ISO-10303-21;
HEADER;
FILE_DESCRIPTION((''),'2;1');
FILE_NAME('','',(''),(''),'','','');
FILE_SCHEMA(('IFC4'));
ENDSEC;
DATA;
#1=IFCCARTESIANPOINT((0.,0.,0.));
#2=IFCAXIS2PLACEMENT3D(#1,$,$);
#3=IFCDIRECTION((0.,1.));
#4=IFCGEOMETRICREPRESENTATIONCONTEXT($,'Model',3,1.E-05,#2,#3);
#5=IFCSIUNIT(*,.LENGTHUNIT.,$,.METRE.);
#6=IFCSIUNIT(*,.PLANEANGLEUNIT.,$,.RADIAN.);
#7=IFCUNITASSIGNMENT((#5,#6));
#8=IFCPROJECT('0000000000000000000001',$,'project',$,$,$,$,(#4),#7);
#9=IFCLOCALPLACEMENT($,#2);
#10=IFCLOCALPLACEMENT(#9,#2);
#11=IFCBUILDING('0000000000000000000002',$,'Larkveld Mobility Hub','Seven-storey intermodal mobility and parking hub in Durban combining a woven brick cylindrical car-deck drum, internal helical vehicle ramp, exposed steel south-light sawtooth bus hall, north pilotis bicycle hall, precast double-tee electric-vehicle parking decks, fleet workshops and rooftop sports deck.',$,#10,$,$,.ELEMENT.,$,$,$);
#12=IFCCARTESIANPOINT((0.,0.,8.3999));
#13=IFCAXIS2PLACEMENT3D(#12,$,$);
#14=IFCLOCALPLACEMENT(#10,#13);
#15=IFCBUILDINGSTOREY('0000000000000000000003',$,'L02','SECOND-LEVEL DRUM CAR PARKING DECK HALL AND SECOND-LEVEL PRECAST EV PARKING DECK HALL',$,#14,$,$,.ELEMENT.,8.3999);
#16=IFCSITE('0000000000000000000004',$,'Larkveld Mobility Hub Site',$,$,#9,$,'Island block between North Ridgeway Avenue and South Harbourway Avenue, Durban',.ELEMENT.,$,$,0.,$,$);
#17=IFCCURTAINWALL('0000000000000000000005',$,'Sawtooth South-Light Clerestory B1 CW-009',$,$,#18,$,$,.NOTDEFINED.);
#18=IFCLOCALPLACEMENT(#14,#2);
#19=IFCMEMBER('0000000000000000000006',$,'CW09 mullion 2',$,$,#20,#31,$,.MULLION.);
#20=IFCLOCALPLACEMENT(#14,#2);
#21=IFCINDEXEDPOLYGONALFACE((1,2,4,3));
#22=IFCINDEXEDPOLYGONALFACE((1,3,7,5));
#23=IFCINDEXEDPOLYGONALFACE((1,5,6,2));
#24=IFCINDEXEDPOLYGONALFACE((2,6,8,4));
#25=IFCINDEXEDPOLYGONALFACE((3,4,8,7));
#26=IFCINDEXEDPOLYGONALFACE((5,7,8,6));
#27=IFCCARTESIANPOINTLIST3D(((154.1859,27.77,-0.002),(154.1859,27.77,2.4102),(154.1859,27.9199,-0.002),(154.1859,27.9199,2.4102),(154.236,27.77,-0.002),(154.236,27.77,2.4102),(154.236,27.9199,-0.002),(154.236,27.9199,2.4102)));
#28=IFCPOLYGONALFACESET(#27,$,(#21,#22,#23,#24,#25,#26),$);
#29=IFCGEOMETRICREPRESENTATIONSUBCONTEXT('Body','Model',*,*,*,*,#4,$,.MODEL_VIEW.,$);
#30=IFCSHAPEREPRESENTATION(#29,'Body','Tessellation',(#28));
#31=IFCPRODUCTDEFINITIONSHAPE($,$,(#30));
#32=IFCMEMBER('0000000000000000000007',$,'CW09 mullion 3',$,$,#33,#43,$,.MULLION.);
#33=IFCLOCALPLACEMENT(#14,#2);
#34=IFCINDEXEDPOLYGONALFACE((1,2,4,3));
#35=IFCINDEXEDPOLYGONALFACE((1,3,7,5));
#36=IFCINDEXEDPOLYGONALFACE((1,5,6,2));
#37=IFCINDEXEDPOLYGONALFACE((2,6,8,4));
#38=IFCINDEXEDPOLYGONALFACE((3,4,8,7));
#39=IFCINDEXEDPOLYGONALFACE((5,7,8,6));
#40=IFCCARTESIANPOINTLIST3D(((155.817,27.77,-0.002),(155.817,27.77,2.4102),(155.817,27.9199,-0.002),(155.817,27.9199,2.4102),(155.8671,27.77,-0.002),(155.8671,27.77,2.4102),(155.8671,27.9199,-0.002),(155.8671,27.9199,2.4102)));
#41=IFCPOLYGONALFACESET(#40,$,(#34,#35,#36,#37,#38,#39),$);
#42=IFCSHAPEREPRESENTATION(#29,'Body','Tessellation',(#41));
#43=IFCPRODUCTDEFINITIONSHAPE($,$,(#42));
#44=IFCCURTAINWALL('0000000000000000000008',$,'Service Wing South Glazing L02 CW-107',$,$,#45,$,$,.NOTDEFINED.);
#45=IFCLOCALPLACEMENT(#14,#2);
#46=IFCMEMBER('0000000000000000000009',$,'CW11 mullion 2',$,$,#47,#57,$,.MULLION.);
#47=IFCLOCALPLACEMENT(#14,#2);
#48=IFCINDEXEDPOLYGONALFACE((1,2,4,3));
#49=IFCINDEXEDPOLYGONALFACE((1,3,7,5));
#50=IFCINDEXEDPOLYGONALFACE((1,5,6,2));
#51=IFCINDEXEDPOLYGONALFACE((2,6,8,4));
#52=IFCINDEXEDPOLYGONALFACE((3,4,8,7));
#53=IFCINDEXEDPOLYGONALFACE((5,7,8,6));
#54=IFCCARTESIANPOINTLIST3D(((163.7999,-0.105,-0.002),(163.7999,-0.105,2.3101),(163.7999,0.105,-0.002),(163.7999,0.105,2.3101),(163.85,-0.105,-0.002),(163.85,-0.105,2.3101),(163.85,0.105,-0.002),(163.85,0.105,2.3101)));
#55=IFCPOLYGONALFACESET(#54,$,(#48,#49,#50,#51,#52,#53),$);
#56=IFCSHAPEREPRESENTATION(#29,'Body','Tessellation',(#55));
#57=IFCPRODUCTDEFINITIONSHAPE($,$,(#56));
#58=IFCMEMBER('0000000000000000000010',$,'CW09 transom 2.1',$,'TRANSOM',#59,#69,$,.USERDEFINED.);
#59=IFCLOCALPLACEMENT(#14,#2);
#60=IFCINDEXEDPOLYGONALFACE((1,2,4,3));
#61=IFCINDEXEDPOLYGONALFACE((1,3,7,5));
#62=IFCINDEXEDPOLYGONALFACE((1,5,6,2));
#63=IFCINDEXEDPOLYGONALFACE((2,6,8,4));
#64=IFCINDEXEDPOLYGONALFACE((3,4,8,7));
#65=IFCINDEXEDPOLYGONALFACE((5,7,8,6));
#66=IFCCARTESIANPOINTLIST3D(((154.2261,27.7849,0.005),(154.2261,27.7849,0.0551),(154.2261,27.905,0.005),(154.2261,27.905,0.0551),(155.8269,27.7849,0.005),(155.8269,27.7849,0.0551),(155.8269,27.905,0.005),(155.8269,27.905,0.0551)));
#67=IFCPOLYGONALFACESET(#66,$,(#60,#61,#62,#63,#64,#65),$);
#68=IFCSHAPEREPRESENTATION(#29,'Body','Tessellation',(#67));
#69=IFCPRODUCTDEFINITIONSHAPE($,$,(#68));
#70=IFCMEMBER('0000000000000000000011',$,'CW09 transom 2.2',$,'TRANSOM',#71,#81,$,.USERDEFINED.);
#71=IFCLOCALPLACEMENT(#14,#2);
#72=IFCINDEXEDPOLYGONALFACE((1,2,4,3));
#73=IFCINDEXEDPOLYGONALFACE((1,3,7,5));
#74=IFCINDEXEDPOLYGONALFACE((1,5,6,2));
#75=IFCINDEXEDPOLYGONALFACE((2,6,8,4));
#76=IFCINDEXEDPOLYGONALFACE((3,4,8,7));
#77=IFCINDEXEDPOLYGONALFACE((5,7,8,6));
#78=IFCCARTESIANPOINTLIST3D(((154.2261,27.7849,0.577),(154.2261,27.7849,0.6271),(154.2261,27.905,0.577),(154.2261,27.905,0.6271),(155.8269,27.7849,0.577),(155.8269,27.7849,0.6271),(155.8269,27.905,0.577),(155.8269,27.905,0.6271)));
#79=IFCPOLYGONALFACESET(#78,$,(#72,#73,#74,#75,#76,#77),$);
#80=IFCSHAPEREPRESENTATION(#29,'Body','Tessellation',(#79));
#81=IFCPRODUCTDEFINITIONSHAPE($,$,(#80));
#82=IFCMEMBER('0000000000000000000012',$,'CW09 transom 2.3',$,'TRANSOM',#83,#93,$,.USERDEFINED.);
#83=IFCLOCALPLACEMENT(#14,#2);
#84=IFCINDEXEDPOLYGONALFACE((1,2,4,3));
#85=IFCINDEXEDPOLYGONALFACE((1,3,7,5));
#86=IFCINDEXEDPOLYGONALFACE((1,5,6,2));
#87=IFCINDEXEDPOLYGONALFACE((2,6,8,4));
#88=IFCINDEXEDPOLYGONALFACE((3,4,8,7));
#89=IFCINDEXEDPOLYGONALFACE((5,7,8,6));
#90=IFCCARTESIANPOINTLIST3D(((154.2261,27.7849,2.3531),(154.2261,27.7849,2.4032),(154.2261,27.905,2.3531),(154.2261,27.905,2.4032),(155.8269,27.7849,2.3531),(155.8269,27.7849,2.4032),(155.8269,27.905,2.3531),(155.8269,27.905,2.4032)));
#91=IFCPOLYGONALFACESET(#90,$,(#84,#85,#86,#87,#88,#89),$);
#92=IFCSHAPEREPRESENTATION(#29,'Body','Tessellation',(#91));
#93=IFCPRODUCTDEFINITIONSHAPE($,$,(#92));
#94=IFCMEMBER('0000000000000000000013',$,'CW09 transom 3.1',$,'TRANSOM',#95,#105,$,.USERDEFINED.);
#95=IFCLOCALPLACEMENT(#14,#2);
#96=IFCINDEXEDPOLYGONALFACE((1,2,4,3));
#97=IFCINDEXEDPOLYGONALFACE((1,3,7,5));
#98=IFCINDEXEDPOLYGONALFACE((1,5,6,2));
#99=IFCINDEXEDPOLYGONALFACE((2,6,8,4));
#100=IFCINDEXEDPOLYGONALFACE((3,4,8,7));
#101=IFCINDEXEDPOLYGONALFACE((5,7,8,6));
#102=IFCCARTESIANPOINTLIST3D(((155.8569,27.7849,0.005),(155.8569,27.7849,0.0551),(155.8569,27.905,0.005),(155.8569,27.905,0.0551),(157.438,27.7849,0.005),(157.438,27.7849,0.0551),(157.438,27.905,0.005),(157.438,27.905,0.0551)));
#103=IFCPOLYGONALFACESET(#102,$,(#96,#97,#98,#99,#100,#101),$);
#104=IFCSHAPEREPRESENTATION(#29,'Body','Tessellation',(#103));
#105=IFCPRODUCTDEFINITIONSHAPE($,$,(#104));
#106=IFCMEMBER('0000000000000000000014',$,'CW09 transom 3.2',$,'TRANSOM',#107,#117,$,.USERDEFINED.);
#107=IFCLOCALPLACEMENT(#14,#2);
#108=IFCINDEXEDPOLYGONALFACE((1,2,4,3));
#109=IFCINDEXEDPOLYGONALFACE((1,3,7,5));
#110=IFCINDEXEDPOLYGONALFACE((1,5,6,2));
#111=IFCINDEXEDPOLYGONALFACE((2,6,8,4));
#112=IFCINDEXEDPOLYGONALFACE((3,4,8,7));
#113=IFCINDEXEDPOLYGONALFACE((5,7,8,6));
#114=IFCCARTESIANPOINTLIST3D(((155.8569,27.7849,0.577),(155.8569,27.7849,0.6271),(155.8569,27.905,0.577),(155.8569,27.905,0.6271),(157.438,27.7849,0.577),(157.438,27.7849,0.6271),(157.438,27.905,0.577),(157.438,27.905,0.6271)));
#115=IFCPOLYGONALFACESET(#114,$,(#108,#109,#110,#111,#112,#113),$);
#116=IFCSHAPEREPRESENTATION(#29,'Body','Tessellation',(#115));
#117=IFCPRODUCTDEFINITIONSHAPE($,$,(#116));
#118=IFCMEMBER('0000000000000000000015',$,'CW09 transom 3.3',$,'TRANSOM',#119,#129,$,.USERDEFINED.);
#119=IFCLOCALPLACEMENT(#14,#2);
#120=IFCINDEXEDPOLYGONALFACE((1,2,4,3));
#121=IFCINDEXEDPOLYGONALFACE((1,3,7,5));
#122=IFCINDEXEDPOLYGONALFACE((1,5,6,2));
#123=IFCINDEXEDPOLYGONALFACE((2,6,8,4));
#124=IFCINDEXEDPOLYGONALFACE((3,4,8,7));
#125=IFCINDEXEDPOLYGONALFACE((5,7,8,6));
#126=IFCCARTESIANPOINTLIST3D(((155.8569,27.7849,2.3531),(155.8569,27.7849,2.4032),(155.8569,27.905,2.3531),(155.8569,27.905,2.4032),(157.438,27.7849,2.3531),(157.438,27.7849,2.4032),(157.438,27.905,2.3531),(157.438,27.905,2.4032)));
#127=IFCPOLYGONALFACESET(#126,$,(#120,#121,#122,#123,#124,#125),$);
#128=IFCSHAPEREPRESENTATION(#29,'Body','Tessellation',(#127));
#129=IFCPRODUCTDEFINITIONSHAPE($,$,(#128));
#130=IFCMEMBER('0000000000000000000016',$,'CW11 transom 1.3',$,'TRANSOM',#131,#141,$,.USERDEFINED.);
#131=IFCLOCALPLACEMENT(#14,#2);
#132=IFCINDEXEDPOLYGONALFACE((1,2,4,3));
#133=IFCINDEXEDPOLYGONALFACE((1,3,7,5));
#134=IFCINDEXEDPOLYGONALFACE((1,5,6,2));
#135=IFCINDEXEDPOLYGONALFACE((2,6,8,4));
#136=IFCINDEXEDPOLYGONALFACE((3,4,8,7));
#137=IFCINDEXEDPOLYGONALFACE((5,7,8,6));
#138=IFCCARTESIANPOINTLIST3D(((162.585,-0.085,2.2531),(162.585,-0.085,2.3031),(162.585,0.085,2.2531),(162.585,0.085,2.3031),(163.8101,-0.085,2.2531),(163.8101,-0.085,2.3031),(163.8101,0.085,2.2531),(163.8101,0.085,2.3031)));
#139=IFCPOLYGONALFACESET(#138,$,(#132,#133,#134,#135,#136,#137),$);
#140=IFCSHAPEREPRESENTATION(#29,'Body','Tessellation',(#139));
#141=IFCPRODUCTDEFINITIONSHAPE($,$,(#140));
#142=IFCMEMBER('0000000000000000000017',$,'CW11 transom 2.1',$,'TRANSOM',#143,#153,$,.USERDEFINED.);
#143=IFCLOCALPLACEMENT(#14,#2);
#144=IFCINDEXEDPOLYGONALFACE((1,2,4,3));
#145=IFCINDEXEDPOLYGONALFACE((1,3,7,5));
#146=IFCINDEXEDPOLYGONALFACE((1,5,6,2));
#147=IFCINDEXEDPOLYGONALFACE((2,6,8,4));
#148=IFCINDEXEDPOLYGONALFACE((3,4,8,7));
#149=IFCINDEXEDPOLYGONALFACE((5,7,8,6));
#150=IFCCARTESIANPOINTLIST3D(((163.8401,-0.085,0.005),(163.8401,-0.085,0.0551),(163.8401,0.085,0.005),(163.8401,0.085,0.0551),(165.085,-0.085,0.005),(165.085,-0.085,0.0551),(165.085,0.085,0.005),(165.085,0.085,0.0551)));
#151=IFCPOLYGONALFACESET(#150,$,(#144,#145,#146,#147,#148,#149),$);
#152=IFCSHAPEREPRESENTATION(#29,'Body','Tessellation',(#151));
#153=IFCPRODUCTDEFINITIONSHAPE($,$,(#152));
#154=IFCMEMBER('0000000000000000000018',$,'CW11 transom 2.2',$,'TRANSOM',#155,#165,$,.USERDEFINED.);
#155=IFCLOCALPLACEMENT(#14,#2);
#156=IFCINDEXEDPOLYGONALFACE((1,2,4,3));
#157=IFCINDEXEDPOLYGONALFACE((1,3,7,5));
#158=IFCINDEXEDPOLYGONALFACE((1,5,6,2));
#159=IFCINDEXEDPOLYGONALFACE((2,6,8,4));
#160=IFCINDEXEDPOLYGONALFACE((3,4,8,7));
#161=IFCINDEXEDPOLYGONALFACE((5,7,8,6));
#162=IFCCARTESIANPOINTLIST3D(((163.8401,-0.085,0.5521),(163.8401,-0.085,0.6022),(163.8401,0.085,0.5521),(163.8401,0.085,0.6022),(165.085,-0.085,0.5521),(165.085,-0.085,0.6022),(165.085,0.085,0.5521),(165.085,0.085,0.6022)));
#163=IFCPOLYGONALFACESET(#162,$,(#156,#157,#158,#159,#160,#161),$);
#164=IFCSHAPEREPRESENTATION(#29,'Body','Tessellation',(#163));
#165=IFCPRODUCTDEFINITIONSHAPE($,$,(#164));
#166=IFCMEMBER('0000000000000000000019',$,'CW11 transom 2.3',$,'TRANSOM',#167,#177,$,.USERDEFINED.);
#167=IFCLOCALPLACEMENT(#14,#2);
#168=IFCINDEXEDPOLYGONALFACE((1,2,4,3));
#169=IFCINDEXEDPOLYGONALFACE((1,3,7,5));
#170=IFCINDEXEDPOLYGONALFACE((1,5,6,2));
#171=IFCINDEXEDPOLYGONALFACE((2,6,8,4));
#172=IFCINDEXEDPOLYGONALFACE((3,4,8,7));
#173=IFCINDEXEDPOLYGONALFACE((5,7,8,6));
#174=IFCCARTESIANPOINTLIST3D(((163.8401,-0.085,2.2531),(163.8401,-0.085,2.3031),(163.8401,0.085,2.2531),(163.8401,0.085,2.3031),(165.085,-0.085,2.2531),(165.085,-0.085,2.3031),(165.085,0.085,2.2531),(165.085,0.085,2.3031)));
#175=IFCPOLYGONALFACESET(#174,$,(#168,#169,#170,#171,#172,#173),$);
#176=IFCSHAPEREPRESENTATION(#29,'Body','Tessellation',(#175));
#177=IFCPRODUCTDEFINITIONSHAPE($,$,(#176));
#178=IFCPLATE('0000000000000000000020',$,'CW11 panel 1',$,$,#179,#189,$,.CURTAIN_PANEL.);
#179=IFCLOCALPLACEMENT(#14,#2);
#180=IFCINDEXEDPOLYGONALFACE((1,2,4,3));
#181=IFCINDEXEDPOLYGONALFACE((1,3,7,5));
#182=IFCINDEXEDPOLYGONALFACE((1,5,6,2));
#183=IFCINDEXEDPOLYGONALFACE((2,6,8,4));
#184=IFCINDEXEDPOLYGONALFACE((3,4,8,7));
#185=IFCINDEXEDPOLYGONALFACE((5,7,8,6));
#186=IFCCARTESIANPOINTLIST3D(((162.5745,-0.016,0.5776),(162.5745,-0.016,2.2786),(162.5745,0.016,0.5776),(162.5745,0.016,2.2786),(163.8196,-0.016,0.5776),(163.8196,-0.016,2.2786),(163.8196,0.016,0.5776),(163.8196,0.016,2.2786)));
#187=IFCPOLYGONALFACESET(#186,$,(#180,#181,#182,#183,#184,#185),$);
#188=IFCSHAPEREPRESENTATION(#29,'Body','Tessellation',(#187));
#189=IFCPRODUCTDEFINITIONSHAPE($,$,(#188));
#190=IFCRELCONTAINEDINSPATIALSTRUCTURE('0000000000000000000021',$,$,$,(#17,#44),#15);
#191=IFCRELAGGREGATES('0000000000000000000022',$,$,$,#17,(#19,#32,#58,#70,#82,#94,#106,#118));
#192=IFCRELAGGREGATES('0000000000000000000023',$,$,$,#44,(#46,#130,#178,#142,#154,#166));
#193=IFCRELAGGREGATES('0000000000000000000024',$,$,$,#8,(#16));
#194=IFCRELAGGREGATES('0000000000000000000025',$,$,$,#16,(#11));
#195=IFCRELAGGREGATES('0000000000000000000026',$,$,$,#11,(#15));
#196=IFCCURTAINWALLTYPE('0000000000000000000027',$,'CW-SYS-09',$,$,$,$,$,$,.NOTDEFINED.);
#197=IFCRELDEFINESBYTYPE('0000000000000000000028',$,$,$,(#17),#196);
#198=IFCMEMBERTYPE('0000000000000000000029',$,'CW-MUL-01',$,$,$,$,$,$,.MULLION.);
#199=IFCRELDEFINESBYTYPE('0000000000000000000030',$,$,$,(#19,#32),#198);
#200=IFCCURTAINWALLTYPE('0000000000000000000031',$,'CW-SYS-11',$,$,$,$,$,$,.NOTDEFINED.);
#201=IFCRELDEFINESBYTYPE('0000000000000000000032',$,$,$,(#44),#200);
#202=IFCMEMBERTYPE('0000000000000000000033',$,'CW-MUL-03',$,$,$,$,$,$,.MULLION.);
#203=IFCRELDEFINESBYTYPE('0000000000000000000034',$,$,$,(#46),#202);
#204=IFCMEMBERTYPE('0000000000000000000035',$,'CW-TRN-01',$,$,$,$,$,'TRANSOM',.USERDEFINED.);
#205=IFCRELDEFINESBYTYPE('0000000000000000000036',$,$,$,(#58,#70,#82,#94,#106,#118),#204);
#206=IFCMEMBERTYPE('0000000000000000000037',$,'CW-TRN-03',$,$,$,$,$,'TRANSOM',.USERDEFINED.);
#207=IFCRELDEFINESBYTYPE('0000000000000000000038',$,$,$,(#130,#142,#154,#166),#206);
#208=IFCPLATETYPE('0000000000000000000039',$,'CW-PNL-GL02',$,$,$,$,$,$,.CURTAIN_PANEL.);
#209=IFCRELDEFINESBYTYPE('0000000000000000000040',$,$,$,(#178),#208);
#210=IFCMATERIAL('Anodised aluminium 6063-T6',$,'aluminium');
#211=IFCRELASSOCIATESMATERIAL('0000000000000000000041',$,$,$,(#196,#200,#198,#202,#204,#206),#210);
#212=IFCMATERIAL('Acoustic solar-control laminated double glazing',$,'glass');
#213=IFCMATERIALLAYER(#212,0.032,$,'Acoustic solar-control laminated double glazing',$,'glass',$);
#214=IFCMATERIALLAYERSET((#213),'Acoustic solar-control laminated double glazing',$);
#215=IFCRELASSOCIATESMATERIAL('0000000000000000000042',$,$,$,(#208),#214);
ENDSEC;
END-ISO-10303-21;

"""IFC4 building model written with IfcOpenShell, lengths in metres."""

from ifc_helpers import new_model, si_unit, direction, frame, origin, origin_2d, place, context, subcontext, project, spatial, rectangle, extrude, material, layer, layer_set, material_profile, profile_set, type_object, element, aggregate, save


model = new_model("IFC4")

# Units and contexts
model_context = context("Model", 3, precision=1e-05, world=origin(), true_north=direction((0.0, 1.0)))
body_context = subcontext(model_context, "Body", "Model", "MODEL_VIEW")
ifc_project = project(units=[si_unit("LENGTHUNIT", "METRE"), si_unit("PLANEANGLEUNIT", "RADIAN")], contexts=[model_context])

# Site, building, storey
site_placement = place(None, origin())
site = spatial("IfcSite", under=ifc_project, at=site_placement, Name="Larkveld Mobility Hub Site", LongName="Island block between North Ridgeway Avenue and South Harbourway Avenue, Durban", CompositionType="ELEMENT", RefElevation=0.0)
building_placement = place(site_placement, origin())
building = spatial("IfcBuilding", under=site, at=building_placement, Name="Larkveld Mobility Hub", Description="Seven-storey intermodal mobility and parking hub in Durban combining a woven brick cylindrical car-deck drum, internal helical vehicle ramp, exposed steel south-light sawtooth bus hall, north pilotis bicycle hall, precast double-tee electric-vehicle parking decks, fleet workshops and rooftop sports deck.", CompositionType="ELEMENT")
storey_placement = place(building_placement, frame((0.0, 0.0, 8.3999)))
storey = spatial("IfcBuildingStorey", under=building, at=storey_placement, Name="L02", Description="SECOND-LEVEL DRUM CAR PARKING DECK HALL AND SECOND-LEVEL PRECAST EV PARKING DECK HALL", CompositionType="ELEMENT", Elevation=8.3999)

# Curtain wall, members
ifc_material_1 = material(Name="Anodised aluminium 6063-T6", Category="aluminium")
curtain_wall_type_1 = type_object("IfcCurtainWallType", Name="CW-SYS-09", PredefinedType="NOTDEFINED", material=ifc_material_1)
curtain_wall_1_placement = place(storey_placement, origin())
curtain_wall_1 = element("IfcCurtainWall", 1, at=curtain_wall_1_placement, inside=storey, type_object=curtain_wall_type_1, Name="Sawtooth South-Light Clerestory B1 CW-009", PredefinedType="NOTDEFINED")
ifc_material_profile_1 = material_profile(ifc_material_1, rectangle(XDim=0.05, YDim=0.1499, at=origin_2d()), Name="ALU MULL 50x150")
ifc_profile_set_1 = profile_set([ifc_material_profile_1], Name="Anodised aluminium 6063-T6")
member_type_1 = type_object("IfcMemberType", Name="CW-MUL-01", PredefinedType="MULLION", material=ifc_profile_set_1)
member_1_placement = place(storey_placement, frame((154.2109, 27.845, -0.002), z_axis=(0.0, 0.0, 1.0), x_axis=(1.0, 0.0, 0.0)))
member_1 = element("IfcMember", 2, at=member_1_placement, type_object=member_type_1, Name="CW09 mullion 2", PredefinedType="MULLION", context=body_context, shape_type="SweptSolid", body=[
    extrude(rectangle(XDim=0.05, YDim=0.1499, at=origin_2d()), origin(), (0.0, 0.0, 1.0), 2.4121),
])
member_2_placement = place(storey_placement, frame((155.842, 27.845, -0.002), z_axis=(0.0, 0.0, 1.0), x_axis=(1.0, 0.0, 0.0)))
member_2 = element("IfcMember", 3, at=member_2_placement, type_object=member_type_1, Name="CW09 mullion 3", PredefinedType="MULLION", context=body_context, shape_type="SweptSolid", body=[
    extrude(rectangle(XDim=0.05, YDim=0.1499, at=origin_2d()), origin(), (0.0, 0.0, 1.0), 2.4121),
])

# Curtain wall, member
curtain_wall_type_2 = type_object("IfcCurtainWallType", Name="CW-SYS-11", PredefinedType="NOTDEFINED", material=ifc_material_1)
curtain_wall_2_placement = place(storey_placement, origin())
curtain_wall_2 = element("IfcCurtainWall", 4, at=curtain_wall_2_placement, inside=storey, type_object=curtain_wall_type_2, Name="Service Wing South Glazing L02 CW-107", PredefinedType="NOTDEFINED")
ifc_material_profile_2 = material_profile(ifc_material_1, rectangle(XDim=0.05, YDim=0.21, at=origin_2d()), Name="ALU MULL 50x210")
ifc_profile_set_2 = profile_set([ifc_material_profile_2], Name="Anodised aluminium 6063-T6")
member_type_2 = type_object("IfcMemberType", Name="CW-MUL-03", PredefinedType="MULLION", material=ifc_profile_set_2)
member_3_placement = place(storey_placement, frame((163.825, 0.0, -0.002), z_axis=(0.0, 0.0, 1.0), x_axis=(1.0, 0.0, 0.0)))
member_3 = element("IfcMember", 5, at=member_3_placement, type_object=member_type_2, Name="CW11 mullion 2", PredefinedType="MULLION", context=body_context, shape_type="SweptSolid", body=[
    extrude(rectangle(XDim=0.05, YDim=0.21, at=origin_2d()), origin(), (0.0, 0.0, 1.0), 2.312),
])

# Members
ifc_material_profile_3 = material_profile(ifc_material_1, rectangle(XDim=0.1201, YDim=0.05, at=origin_2d()), Name="ALU TRAN 50x120")
ifc_profile_set_3 = profile_set([ifc_material_profile_3], Name="Anodised aluminium 6063-T6")
member_type_3 = type_object("IfcMemberType", Name="CW-TRN-01", ElementType="TRANSOM", PredefinedType="USERDEFINED", material=ifc_profile_set_3)
member_4_placement = place(storey_placement, frame((154.2261, 27.845, 0.03), z_axis=(1.0, 0.0, 0.0), x_axis=(0.0, 1.0, 0.0)))
member_4 = element("IfcMember", 6, at=member_4_placement, type_object=member_type_3, Name="CW09 transom 2.1", ObjectType="TRANSOM", PredefinedType="USERDEFINED", context=body_context, shape_type="SweptSolid", body=[
    extrude(rectangle(XDim=0.1201, YDim=0.05, at=origin_2d()), origin(), (0.0, 0.0, 1.0), 1.6008),
])
member_5_placement = place(storey_placement, frame((154.2261, 27.845, 0.6021), z_axis=(1.0, 0.0, 0.0), x_axis=(0.0, 1.0, 0.0)))
member_5 = element("IfcMember", 7, at=member_5_placement, type_object=member_type_3, Name="CW09 transom 2.2", ObjectType="TRANSOM", PredefinedType="USERDEFINED", context=body_context, shape_type="SweptSolid", body=[
    extrude(rectangle(XDim=0.1201, YDim=0.05, at=origin_2d()), origin(), (0.0, 0.0, 1.0), 1.6008),
])
member_6_placement = place(storey_placement, frame((154.2261, 27.845, 2.3782), z_axis=(1.0, 0.0, 0.0), x_axis=(0.0, 1.0, 0.0)))
member_6 = element("IfcMember", 8, at=member_6_placement, type_object=member_type_3, Name="CW09 transom 2.3", ObjectType="TRANSOM", PredefinedType="USERDEFINED", context=body_context, shape_type="SweptSolid", body=[
    extrude(rectangle(XDim=0.1201, YDim=0.05, at=origin_2d()), origin(), (0.0, 0.0, 1.0), 1.6008),
])
member_7_placement = place(storey_placement, frame((155.8569, 27.845, 0.03), z_axis=(1.0, 0.0, 0.0), x_axis=(0.0, 1.0, 0.0)))
member_7 = element("IfcMember", 9, at=member_7_placement, type_object=member_type_3, Name="CW09 transom 3.1", ObjectType="TRANSOM", PredefinedType="USERDEFINED", context=body_context, shape_type="SweptSolid", body=[
    extrude(rectangle(XDim=0.1201, YDim=0.05, at=origin_2d()), origin(), (0.0, 0.0, 1.0), 1.5811),
])
member_8_placement = place(storey_placement, frame((155.8569, 27.845, 0.6021), z_axis=(1.0, 0.0, 0.0), x_axis=(0.0, 1.0, 0.0)))
member_8 = element("IfcMember", 10, at=member_8_placement, type_object=member_type_3, Name="CW09 transom 3.2", ObjectType="TRANSOM", PredefinedType="USERDEFINED", context=body_context, shape_type="SweptSolid", body=[
    extrude(rectangle(XDim=0.1201, YDim=0.05, at=origin_2d()), origin(), (0.0, 0.0, 1.0), 1.5811),
])
member_9_placement = place(storey_placement, frame((155.8569, 27.845, 2.3782), z_axis=(1.0, 0.0, 0.0), x_axis=(0.0, 1.0, 0.0)))
member_9 = element("IfcMember", 11, at=member_9_placement, type_object=member_type_3, Name="CW09 transom 3.3", ObjectType="TRANSOM", PredefinedType="USERDEFINED", context=body_context, shape_type="SweptSolid", body=[
    extrude(rectangle(XDim=0.1201, YDim=0.05, at=origin_2d()), origin(), (0.0, 0.0, 1.0), 1.5811),
])
ifc_material_profile_4 = material_profile(ifc_material_1, rectangle(XDim=0.1699, YDim=0.05, at=origin_2d()), Name="ALU TRAN 50x170")
ifc_profile_set_4 = profile_set([ifc_material_profile_4], Name="Anodised aluminium 6063-T6")
member_type_4 = type_object("IfcMemberType", Name="CW-TRN-03", ElementType="TRANSOM", PredefinedType="USERDEFINED", material=ifc_profile_set_4)
member_10_placement = place(storey_placement, frame((162.585, 0.0, 2.2781), z_axis=(1.0, 0.0, 0.0), x_axis=(0.0, 1.0, 0.0)))
member_10 = element("IfcMember", 12, at=member_10_placement, type_object=member_type_4, Name="CW11 transom 1.3", ObjectType="TRANSOM", PredefinedType="USERDEFINED", context=body_context, shape_type="SweptSolid", body=[
    extrude(rectangle(XDim=0.1699, YDim=0.05, at=origin_2d()), origin(), (0.0, 0.0, 1.0), 1.2251),
])
member_11_placement = place(storey_placement, frame((163.8401, 0.0, 0.03), z_axis=(1.0, 0.0, 0.0), x_axis=(0.0, 1.0, 0.0)))
member_11 = element("IfcMember", 13, at=member_11_placement, type_object=member_type_4, Name="CW11 transom 2.1", ObjectType="TRANSOM", PredefinedType="USERDEFINED", context=body_context, shape_type="SweptSolid", body=[
    extrude(rectangle(XDim=0.1699, YDim=0.05, at=origin_2d()), origin(), (0.0, 0.0, 1.0), 1.2449),
])
member_12_placement = place(storey_placement, frame((163.8401, 0.0, 0.5771), z_axis=(1.0, 0.0, 0.0), x_axis=(0.0, 1.0, 0.0)))
member_12 = element("IfcMember", 14, at=member_12_placement, type_object=member_type_4, Name="CW11 transom 2.2", ObjectType="TRANSOM", PredefinedType="USERDEFINED", context=body_context, shape_type="SweptSolid", body=[
    extrude(rectangle(XDim=0.1699, YDim=0.05, at=origin_2d()), origin(), (0.0, 0.0, 1.0), 1.2449),
])
member_13_placement = place(storey_placement, frame((163.8401, 0.0, 2.2781), z_axis=(1.0, 0.0, 0.0), x_axis=(0.0, 1.0, 0.0)))
member_13 = element("IfcMember", 15, at=member_13_placement, type_object=member_type_4, Name="CW11 transom 2.3", ObjectType="TRANSOM", PredefinedType="USERDEFINED", context=body_context, shape_type="SweptSolid", body=[
    extrude(rectangle(XDim=0.1699, YDim=0.05, at=origin_2d()), origin(), (0.0, 0.0, 1.0), 1.2449),
])

# Plate
ifc_material_2 = material(Name="Acoustic solar-control laminated double glazing", Category="glass")
ifc_layer_1 = layer(ifc_material_2, 0.032, Name="Acoustic solar-control laminated double glazing", Category="glass")
ifc_layer_set_1 = layer_set([ifc_layer_1], Name="Acoustic solar-control laminated double glazing")
plate_type_1 = type_object("IfcPlateType", Name="CW-PNL-GL02", PredefinedType="CURTAIN_PANEL", material=ifc_layer_set_1)
plate_1_placement = place(storey_placement, frame((163.197, 0.0, 0.5776), z_axis=(0.0, 0.0, 1.0), x_axis=(1.0, 0.0, 0.0)))
plate_1 = element("IfcPlate", 16, at=plate_1_placement, type_object=plate_type_1, Name="CW11 panel 1", PredefinedType="CURTAIN_PANEL", context=body_context, shape_type="SweptSolid", body=[
    extrude(rectangle(XDim=1.2451, YDim=0.032, at=origin_2d()), origin(), (0.0, 0.0, 1.0), 1.7009),
])
aggregate(curtain_wall_1, [member_1, member_2, member_4, member_5, member_6, member_7, member_8, member_9])
aggregate(curtain_wall_2, [member_3, member_10, plate_1, member_11, member_12, member_13])

save(model, "model.ifc")
